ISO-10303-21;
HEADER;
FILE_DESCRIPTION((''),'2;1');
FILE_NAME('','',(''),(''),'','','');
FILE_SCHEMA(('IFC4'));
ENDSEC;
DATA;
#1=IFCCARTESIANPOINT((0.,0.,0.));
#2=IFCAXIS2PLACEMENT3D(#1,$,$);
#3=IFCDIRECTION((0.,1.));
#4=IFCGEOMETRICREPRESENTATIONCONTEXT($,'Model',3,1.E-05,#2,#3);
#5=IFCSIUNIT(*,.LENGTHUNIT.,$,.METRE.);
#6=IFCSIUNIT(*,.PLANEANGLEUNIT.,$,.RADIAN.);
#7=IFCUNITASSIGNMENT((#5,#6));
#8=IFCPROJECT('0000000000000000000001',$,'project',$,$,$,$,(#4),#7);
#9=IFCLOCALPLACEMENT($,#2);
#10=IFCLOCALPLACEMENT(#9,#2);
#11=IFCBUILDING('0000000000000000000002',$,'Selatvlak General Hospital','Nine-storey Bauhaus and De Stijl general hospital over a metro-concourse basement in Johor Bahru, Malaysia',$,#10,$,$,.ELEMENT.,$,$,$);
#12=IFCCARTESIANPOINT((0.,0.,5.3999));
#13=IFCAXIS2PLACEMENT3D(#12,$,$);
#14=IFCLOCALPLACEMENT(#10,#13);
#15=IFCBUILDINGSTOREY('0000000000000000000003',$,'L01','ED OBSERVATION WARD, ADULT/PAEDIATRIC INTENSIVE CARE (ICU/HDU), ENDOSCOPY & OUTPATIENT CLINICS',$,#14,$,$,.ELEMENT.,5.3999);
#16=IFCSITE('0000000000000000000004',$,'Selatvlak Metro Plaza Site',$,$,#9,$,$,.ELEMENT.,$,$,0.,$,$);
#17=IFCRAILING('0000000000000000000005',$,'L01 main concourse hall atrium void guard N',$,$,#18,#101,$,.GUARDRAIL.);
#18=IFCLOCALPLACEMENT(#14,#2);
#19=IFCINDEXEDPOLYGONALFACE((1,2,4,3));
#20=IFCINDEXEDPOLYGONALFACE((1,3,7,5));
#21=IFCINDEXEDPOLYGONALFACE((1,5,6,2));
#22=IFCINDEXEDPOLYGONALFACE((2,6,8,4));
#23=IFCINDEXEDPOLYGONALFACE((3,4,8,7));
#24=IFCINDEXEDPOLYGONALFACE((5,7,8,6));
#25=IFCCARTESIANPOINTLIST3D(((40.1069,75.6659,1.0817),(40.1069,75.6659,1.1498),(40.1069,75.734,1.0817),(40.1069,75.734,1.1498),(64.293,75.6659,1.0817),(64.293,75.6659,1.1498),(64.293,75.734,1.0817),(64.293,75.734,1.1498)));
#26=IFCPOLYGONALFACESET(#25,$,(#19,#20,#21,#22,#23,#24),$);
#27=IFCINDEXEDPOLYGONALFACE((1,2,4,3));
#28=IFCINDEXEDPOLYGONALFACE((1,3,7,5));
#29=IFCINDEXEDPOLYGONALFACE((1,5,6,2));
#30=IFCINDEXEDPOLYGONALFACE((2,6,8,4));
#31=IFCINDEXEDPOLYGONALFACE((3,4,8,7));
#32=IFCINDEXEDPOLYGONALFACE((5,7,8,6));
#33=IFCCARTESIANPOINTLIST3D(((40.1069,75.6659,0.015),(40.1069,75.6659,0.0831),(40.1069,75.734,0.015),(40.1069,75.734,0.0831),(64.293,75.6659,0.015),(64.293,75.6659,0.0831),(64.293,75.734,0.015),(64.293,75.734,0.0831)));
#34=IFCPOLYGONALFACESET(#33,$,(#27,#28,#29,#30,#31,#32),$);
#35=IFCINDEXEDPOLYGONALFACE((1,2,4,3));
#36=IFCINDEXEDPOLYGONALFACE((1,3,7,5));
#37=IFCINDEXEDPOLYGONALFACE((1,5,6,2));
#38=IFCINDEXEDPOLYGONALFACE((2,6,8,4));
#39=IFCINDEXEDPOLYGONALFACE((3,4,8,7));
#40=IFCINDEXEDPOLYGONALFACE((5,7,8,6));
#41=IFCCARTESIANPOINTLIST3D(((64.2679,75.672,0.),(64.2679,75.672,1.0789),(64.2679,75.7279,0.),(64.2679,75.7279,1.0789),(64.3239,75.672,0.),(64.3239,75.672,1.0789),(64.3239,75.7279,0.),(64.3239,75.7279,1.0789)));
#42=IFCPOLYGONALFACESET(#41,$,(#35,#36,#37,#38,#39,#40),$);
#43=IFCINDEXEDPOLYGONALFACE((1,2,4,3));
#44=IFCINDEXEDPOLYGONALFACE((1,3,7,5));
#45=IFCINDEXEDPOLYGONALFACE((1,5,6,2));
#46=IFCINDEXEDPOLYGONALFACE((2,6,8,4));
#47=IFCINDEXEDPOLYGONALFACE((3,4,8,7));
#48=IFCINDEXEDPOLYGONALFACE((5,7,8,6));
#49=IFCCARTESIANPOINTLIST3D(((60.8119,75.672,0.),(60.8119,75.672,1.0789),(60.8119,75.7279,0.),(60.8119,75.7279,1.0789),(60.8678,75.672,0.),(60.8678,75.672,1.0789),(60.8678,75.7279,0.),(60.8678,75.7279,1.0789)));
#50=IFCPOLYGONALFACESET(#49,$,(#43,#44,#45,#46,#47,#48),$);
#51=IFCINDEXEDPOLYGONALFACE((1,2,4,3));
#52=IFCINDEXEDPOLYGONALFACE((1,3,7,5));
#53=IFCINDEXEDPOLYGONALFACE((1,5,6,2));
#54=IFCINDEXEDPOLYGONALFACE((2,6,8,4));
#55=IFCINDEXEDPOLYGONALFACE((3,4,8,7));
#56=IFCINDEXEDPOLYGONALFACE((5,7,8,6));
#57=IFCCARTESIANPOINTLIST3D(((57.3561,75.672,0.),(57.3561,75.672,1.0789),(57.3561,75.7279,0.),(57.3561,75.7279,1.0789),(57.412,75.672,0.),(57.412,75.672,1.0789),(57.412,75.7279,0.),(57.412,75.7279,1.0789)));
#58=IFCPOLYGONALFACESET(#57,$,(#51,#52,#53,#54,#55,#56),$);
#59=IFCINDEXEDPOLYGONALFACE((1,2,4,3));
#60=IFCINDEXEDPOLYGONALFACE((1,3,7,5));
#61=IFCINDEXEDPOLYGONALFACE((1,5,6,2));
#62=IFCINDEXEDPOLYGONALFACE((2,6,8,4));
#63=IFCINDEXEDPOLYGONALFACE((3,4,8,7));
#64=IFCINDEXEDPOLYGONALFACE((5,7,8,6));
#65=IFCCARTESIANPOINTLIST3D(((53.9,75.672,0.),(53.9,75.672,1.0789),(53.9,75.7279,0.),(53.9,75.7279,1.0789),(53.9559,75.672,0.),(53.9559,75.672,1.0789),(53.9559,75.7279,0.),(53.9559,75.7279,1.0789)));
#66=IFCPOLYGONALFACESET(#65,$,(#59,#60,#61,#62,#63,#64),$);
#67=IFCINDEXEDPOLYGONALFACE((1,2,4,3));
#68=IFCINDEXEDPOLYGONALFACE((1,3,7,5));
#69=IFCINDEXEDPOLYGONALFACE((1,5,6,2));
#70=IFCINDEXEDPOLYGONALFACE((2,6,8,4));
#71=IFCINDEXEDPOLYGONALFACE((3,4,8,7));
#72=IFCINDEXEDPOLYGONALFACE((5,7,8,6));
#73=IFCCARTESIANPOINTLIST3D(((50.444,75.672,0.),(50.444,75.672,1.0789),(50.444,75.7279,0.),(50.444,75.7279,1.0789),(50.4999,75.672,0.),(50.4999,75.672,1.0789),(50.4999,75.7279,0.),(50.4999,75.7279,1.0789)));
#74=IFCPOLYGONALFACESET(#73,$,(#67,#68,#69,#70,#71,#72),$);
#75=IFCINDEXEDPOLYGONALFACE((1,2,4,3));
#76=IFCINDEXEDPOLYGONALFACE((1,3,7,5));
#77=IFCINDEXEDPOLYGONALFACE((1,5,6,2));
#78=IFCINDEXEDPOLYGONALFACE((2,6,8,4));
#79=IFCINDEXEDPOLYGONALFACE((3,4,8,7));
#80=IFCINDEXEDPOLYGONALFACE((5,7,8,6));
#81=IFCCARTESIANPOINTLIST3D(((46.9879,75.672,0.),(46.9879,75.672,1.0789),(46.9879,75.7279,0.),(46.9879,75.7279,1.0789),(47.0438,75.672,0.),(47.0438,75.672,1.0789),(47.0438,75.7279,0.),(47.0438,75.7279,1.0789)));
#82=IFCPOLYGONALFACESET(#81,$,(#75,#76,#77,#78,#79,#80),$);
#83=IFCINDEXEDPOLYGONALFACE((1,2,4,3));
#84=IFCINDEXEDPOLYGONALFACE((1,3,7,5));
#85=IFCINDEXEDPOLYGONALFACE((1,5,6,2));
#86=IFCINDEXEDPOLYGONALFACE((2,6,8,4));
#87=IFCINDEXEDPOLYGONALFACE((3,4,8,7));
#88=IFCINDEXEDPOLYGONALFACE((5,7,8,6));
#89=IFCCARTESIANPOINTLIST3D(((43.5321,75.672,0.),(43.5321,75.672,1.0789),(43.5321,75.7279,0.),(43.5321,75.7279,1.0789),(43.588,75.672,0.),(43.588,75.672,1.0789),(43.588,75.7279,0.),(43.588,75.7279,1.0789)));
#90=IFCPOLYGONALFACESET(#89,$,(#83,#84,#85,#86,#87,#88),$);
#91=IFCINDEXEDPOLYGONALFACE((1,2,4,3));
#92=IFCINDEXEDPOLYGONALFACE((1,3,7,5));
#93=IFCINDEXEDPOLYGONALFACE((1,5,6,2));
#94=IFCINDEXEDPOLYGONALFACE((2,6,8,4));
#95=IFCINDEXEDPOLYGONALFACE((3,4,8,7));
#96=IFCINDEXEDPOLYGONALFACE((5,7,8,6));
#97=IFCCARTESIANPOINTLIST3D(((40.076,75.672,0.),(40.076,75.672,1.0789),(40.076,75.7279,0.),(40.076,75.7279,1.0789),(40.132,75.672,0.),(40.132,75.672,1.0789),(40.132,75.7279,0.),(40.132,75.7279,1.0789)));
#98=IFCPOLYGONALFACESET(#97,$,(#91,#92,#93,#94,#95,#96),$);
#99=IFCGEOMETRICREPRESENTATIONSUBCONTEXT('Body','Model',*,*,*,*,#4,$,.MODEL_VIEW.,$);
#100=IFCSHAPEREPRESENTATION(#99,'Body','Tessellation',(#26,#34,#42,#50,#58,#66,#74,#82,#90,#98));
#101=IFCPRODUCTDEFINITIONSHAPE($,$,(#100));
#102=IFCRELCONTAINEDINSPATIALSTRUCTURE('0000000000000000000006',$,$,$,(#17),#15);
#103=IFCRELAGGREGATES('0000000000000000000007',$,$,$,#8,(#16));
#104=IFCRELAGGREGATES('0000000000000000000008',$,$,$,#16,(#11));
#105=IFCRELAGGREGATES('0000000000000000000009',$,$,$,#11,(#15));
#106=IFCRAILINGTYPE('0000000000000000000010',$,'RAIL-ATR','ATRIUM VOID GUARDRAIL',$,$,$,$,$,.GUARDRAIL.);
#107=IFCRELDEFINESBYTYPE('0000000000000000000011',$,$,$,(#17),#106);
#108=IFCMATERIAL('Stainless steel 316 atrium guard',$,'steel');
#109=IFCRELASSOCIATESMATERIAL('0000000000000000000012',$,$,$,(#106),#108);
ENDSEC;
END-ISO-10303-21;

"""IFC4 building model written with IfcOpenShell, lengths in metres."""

from ifc_helpers import new_model, si_unit, direction, frame, origin, origin_2d, place, context, subcontext, project, spatial, rectangle, extrude, material, type_object, element, save


model = new_model("IFC4")

# Units and contexts
model_context = context("Model", 3, precision=1e-05, world=origin(), true_north=direction((0.0, 1.0)))
body_context = subcontext(model_context, "Body", "Model", "MODEL_VIEW")
ifc_project = project(units=[si_unit("LENGTHUNIT", "METRE"), si_unit("PLANEANGLEUNIT", "RADIAN")], contexts=[model_context])

# Site, building, storey
site_placement = place(None, origin())
site = spatial("IfcSite", under=ifc_project, at=site_placement, Name="Selatvlak Metro Plaza Site", CompositionType="ELEMENT", RefElevation=0.0)
building_placement = place(site_placement, origin())
building = spatial("IfcBuilding", under=site, at=building_placement, Name="Selatvlak General Hospital", Description="Nine-storey Bauhaus and De Stijl general hospital over a metro-concourse basement in Johor Bahru, Malaysia", CompositionType="ELEMENT")
storey_placement = place(building_placement, frame((0.0, 0.0, 5.3999)))
storey = spatial("IfcBuildingStorey", under=building, at=storey_placement, Name="L01", Description="ED OBSERVATION WARD, ADULT/PAEDIATRIC INTENSIVE CARE (ICU/HDU), ENDOSCOPY & OUTPATIENT CLINICS", CompositionType="ELEMENT", Elevation=5.3999)

# Railing
ifc_material_1 = material(Name="Stainless steel 316 atrium guard", Category="steel")
railing_type = type_object("IfcRailingType", Name="RAIL-ATR", Description="ATRIUM VOID GUARDRAIL", PredefinedType="GUARDRAIL", material=ifc_material_1)
railing_placement = place(storey_placement, frame((64.2959, 75.7, 0.0)))
element("IfcRailing", 1, at=railing_placement, inside=storey, type_object=railing_type, Name="L01 main concourse hall atrium void guard N", PredefinedType="GUARDRAIL", context=body_context, shape_type="SweptSolid", body=[
    extrude(rectangle(XDim=0.0681, YDim=0.0681, at=origin_2d()), frame((-0.0029, 0.0, 1.1157), z_axis=(-1.0, 0.0, 0.0), x_axis=(0.0, -1.0, 0.0)), (0.0, 0.0, 1.0), 24.186),
    extrude(rectangle(XDim=0.0681, YDim=0.0681, at=origin_2d()), frame((-0.0029, 0.0, 0.0491), z_axis=(-1.0, 0.0, 0.0), x_axis=(0.0, -1.0, 0.0)), (0.0, 0.0, 1.0), 24.186),
    extrude(rectangle(XDim=0.0559, YDim=0.0559, at=origin_2d()), origin(), (0.0, 0.0, 1.0), 1.0789),
    extrude(rectangle(XDim=0.0559, YDim=0.0559, at=origin_2d()), frame((-3.4561, 0.0, 0.0)), (0.0, 0.0, 1.0), 1.0789),
    extrude(rectangle(XDim=0.0559, YDim=0.0559, at=origin_2d()), frame((-6.9119, 0.0, 0.0)), (0.0, 0.0, 1.0), 1.0789),
    extrude(rectangle(XDim=0.0559, YDim=0.0559, at=origin_2d()), frame((-10.3679, 0.0, 0.0)), (0.0, 0.0, 1.0), 1.0789),
    extrude(rectangle(XDim=0.0559, YDim=0.0559, at=origin_2d()), frame((-13.824, 0.0, 0.0)), (0.0, 0.0, 1.0), 1.0789),
    extrude(rectangle(XDim=0.0559, YDim=0.0559, at=origin_2d()), frame((-17.28, 0.0, 0.0)), (0.0, 0.0, 1.0), 1.0789),
    extrude(rectangle(XDim=0.0559, YDim=0.0559, at=origin_2d()), frame((-20.7358, 0.0, 0.0)), (0.0, 0.0, 1.0), 1.0789),
    extrude(rectangle(XDim=0.0559, YDim=0.0559, at=origin_2d()), frame((-24.1919, 0.0, 0.0)), (0.0, 0.0, 1.0), 1.0789),
])

save(model, "model.ifc")
